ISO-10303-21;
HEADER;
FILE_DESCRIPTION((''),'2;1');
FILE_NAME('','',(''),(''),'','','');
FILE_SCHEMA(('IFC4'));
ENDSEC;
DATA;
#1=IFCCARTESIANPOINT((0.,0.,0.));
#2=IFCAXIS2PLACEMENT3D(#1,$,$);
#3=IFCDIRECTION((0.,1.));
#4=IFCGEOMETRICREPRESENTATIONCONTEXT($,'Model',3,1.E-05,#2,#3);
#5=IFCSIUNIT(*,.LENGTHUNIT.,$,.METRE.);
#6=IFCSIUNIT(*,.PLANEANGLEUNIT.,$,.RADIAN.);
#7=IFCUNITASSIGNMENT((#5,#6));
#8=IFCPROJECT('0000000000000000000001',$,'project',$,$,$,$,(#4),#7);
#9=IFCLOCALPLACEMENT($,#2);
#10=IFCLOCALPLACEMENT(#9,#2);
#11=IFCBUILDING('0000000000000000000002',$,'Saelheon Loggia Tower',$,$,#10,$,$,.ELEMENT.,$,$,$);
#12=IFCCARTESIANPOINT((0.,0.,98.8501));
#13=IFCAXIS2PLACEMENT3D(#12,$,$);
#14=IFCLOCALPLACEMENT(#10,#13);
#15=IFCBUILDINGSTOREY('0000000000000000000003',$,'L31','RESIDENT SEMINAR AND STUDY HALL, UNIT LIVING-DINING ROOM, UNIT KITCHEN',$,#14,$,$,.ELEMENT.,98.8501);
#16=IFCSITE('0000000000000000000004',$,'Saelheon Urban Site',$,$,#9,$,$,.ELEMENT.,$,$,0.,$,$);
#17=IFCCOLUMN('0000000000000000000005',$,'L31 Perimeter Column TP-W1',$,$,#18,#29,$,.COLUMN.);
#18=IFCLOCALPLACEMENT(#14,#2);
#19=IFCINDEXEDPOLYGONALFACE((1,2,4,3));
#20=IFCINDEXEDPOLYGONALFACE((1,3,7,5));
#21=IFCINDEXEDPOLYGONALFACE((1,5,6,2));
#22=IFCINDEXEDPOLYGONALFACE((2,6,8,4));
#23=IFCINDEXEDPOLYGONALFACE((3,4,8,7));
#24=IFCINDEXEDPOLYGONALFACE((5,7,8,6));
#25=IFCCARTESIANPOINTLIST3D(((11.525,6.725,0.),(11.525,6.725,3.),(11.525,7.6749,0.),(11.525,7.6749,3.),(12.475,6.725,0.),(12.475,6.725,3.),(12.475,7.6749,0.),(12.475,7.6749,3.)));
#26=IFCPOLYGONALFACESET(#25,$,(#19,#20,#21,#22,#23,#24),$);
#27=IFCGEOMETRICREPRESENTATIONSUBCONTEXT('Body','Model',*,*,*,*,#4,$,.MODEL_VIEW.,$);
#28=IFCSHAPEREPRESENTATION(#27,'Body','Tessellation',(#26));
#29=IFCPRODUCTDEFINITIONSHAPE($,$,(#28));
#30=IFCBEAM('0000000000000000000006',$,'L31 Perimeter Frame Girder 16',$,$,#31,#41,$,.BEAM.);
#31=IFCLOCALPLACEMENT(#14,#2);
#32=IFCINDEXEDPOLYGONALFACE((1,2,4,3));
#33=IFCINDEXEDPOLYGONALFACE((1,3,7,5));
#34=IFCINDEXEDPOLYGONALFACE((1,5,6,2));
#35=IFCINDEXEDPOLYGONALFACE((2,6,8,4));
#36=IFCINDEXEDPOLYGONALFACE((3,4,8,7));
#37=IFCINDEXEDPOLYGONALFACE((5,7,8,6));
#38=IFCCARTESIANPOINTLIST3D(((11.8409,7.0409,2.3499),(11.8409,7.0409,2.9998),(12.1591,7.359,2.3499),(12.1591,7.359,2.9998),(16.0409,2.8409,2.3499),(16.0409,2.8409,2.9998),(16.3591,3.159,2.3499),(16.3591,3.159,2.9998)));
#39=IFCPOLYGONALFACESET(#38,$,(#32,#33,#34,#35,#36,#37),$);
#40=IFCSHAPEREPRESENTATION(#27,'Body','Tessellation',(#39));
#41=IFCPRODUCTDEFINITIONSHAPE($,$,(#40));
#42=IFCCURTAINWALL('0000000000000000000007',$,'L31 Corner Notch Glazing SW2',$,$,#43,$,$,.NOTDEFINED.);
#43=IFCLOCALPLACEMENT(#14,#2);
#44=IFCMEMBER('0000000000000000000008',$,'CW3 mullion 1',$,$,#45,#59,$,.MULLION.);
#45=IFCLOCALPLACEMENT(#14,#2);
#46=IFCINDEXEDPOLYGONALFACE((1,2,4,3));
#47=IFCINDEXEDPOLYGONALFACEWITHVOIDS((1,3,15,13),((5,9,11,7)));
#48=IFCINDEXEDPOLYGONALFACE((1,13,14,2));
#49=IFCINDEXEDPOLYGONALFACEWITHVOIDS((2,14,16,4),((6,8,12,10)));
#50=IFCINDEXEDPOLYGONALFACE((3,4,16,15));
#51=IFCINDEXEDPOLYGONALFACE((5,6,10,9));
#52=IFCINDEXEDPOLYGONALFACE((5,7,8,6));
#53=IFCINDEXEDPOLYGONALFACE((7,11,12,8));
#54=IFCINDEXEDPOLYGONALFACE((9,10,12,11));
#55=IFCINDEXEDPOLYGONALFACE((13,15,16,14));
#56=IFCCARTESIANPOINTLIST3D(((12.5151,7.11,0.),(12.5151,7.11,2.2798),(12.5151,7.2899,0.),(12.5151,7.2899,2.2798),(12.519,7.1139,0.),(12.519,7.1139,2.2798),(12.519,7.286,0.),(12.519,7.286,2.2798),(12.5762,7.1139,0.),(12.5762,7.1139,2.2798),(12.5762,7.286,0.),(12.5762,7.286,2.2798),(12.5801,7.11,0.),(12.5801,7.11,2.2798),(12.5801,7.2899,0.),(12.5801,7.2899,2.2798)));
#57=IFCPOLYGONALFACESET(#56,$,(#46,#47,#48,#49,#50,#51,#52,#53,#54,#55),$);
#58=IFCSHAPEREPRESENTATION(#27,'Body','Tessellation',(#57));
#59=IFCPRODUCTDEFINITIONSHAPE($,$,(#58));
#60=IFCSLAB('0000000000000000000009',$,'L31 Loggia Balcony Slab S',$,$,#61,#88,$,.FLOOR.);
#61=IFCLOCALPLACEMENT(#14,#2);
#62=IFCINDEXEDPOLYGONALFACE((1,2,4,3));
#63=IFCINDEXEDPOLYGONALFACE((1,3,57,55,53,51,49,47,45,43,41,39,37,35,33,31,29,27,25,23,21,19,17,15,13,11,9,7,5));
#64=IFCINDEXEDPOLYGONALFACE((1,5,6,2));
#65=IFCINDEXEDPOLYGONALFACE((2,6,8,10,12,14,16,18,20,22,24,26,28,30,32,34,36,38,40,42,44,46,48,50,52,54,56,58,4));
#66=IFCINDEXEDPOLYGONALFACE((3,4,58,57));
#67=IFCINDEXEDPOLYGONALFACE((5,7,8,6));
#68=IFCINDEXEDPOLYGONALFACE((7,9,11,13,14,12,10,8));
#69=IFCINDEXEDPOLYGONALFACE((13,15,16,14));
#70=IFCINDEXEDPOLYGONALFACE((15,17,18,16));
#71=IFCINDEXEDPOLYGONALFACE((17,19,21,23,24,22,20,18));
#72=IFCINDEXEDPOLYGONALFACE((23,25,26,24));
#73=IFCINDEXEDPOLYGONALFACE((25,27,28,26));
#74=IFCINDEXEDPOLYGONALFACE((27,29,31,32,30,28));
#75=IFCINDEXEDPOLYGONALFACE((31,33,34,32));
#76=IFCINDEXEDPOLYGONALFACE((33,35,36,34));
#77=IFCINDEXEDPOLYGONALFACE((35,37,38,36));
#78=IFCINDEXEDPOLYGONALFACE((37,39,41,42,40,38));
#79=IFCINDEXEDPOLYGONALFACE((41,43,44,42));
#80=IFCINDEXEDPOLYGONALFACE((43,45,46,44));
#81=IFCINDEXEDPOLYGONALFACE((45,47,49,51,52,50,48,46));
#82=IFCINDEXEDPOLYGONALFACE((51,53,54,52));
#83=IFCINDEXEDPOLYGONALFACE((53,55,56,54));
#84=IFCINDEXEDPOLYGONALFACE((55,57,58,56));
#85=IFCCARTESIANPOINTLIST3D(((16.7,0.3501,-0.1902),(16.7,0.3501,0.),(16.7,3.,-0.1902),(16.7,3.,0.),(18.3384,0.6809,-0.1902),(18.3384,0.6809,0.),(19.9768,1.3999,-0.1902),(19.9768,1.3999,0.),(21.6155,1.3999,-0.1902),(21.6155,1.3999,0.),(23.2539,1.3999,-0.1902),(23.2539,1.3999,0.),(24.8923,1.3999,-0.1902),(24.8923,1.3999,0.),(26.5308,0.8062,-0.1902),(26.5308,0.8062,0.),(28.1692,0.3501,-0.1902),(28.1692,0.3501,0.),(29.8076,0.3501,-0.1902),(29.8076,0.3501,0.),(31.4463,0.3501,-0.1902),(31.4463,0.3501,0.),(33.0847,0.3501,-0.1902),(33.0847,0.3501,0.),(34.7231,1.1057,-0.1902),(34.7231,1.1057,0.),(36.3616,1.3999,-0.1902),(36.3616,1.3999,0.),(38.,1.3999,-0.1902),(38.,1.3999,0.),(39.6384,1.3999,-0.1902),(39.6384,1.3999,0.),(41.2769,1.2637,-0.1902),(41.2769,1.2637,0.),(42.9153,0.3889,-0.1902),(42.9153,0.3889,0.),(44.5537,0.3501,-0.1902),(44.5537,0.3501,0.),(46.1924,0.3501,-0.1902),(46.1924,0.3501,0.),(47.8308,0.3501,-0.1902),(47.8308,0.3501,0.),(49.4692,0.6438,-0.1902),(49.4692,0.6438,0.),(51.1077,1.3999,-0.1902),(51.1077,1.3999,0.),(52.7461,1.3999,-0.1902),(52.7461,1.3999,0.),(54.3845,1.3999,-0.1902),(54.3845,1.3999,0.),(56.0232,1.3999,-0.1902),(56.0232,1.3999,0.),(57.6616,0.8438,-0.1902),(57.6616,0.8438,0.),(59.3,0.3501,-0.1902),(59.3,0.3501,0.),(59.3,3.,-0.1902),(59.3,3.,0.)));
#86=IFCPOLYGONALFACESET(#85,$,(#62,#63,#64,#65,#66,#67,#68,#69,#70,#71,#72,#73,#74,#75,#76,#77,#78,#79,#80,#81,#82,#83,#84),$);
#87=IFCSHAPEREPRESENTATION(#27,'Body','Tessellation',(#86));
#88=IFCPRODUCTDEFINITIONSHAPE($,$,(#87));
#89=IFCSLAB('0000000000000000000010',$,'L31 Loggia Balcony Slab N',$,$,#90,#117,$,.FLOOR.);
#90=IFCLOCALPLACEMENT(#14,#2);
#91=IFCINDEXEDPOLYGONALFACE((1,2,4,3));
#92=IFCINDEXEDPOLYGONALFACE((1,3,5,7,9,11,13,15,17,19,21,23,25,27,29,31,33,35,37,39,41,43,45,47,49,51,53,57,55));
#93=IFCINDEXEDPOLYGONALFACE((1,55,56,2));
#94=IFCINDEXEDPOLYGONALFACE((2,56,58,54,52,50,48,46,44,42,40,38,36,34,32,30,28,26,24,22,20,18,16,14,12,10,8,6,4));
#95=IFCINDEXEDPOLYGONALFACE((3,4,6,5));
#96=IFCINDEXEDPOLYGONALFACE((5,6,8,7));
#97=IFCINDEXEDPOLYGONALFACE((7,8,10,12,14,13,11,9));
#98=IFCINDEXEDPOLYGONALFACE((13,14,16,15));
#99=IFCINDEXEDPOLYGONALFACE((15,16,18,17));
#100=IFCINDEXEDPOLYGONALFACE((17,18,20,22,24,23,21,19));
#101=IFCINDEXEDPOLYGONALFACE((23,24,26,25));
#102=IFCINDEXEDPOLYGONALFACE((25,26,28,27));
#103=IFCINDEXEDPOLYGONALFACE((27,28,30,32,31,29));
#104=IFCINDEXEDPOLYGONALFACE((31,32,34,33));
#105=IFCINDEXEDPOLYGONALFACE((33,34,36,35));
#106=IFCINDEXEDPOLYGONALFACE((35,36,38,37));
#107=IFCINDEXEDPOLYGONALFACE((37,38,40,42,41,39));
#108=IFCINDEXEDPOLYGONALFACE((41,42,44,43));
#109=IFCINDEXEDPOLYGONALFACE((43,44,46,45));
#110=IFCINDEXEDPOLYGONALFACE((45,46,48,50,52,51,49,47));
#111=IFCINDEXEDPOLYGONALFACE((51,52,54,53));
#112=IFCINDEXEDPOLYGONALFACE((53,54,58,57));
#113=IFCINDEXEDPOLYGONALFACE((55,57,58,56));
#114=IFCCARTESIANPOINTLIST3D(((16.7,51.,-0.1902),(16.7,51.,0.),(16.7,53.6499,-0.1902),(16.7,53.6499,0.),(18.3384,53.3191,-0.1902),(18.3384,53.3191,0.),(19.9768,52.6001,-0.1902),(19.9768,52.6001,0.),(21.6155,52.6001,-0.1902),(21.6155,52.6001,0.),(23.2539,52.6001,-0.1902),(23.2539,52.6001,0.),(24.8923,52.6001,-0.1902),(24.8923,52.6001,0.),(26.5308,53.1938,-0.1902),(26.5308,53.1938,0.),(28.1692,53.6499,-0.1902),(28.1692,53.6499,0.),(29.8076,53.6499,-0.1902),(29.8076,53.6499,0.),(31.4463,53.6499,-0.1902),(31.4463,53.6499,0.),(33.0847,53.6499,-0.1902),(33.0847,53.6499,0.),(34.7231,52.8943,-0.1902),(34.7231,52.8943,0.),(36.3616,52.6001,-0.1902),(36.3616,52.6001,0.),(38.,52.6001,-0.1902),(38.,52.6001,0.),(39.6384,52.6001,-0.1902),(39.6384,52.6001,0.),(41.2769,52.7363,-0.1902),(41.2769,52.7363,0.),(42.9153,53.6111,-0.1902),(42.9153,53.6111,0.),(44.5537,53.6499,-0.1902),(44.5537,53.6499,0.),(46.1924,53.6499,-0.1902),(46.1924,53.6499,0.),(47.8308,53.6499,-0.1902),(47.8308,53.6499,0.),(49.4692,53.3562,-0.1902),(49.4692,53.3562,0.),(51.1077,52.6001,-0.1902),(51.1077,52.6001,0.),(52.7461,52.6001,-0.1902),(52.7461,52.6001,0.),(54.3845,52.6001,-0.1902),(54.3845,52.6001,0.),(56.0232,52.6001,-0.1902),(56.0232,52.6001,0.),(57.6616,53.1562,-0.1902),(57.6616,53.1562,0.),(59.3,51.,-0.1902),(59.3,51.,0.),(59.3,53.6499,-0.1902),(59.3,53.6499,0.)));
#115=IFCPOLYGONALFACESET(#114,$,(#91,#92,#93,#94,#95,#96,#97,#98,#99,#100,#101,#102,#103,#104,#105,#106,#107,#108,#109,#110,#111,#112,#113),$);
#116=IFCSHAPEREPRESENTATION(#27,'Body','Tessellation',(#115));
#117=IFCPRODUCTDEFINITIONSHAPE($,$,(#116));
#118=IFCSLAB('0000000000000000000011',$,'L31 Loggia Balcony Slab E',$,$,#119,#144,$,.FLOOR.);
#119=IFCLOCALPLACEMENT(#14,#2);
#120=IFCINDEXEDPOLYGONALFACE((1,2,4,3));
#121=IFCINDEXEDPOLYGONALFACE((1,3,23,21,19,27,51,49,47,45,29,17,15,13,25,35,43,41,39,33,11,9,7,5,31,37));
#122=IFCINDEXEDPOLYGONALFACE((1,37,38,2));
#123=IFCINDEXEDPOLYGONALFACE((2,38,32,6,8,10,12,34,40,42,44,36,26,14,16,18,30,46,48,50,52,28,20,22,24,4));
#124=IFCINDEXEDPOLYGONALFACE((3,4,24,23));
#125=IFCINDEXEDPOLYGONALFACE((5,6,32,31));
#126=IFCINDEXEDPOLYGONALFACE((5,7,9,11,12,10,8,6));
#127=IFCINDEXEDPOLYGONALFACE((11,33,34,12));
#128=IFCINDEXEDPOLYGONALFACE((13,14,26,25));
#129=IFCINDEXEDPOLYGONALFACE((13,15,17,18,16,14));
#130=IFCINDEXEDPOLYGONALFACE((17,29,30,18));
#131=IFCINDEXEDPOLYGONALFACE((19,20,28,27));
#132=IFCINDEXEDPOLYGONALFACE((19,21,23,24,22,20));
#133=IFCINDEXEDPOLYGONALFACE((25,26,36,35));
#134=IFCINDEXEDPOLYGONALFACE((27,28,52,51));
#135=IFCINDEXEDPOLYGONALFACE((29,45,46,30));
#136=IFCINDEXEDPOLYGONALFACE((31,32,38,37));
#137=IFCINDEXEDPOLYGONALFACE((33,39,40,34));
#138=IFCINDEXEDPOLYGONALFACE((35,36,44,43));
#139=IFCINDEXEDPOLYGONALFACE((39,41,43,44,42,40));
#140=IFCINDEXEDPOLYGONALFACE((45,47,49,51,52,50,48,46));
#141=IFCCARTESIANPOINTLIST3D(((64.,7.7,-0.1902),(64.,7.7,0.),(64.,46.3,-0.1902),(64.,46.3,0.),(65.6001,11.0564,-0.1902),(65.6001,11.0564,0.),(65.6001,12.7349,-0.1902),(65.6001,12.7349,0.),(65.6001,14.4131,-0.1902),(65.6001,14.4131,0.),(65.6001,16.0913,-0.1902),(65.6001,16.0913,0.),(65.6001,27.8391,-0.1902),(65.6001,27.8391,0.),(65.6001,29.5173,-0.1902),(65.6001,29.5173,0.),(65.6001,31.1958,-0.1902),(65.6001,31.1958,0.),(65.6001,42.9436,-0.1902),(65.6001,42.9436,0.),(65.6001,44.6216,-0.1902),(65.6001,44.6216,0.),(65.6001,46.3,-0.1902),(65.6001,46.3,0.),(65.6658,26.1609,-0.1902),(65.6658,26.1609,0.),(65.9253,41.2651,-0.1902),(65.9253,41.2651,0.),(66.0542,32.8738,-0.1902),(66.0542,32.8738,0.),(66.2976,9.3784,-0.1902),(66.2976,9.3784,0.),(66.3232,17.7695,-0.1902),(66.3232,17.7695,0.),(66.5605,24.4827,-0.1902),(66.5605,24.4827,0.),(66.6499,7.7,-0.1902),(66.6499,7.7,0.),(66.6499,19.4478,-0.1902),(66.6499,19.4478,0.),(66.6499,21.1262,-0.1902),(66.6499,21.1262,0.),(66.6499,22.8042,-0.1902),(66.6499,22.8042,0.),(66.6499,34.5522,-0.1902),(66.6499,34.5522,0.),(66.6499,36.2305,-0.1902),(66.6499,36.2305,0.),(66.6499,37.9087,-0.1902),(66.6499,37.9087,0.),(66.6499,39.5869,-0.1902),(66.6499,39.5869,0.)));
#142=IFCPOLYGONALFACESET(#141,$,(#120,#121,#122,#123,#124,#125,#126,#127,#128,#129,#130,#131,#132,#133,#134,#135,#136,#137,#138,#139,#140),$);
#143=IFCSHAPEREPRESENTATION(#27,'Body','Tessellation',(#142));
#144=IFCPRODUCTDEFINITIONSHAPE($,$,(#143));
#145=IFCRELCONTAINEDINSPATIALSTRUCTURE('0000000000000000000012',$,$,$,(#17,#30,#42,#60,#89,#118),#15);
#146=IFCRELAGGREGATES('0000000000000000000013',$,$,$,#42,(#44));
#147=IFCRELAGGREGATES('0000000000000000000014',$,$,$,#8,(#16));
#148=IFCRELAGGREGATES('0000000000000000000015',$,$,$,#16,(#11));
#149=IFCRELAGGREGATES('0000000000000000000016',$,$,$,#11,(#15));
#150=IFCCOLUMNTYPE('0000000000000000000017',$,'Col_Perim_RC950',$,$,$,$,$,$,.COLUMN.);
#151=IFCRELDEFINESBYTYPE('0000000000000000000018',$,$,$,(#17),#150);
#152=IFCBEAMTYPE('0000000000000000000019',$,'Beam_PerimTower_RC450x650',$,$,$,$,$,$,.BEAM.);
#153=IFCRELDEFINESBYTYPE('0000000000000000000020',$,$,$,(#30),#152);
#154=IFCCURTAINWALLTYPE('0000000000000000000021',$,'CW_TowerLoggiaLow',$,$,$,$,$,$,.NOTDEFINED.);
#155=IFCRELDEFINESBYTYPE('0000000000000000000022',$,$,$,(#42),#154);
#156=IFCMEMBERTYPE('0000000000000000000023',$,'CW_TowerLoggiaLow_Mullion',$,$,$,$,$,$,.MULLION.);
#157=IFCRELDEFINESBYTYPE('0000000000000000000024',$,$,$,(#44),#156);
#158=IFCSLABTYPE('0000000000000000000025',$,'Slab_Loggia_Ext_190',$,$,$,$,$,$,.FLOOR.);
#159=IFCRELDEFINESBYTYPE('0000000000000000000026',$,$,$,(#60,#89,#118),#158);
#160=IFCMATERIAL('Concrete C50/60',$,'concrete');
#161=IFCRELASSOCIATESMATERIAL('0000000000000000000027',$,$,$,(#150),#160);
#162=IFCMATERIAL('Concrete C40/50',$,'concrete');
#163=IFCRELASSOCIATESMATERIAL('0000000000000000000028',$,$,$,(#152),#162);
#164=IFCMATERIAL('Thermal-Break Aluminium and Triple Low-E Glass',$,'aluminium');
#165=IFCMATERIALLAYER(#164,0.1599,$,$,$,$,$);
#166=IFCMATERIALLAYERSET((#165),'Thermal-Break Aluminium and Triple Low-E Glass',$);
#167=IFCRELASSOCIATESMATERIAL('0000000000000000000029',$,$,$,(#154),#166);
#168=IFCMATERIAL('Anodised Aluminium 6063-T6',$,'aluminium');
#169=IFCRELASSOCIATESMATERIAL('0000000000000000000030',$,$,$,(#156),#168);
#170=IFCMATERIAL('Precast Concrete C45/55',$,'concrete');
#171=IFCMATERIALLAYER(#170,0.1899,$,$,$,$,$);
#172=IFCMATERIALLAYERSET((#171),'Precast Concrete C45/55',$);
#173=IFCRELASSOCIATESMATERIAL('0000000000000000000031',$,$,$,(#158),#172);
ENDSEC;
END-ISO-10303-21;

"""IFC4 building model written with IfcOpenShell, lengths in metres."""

from ifc_helpers import new_model, si_unit, direction, frame, origin, origin_2d, place, context, subcontext, project, spatial, polyline, rectangle, hollow_rectangle, outline, extrude, source, transform, mapped, material, layer, layer_set, material_profile, profile_set, type_object, element, aggregate, save


model = new_model("IFC4")

# Units and contexts
model_context = context("Model", 3, precision=1e-05, world=origin(), true_north=direction((0.0, 1.0)))
body_context = subcontext(model_context, "Body", "Model", "MODEL_VIEW")
ifc_project = project(units=[si_unit("LENGTHUNIT", "METRE"), si_unit("PLANEANGLEUNIT", "RADIAN")], contexts=[model_context])

# Site, building, storey
site_placement = place(None, origin())
site = spatial("IfcSite", under=ifc_project, at=site_placement, Name="Saelheon Urban Site", CompositionType="ELEMENT", RefElevation=0.0)
building_placement = place(site_placement, origin())
building = spatial("IfcBuilding", under=site, at=building_placement, Name="Saelheon Loggia Tower", CompositionType="ELEMENT")
storey_placement = place(building_placement, frame((0.0, 0.0, 98.8501)))
storey = spatial("IfcBuildingStorey", under=building, at=storey_placement, Name="L31", Description="RESIDENT SEMINAR AND STUDY HALL, UNIT LIVING-DINING ROOM, UNIT KITCHEN", CompositionType="ELEMENT", Elevation=98.8501)

# Column
ifc_material_1 = material(Name="Concrete C50/60", Category="concrete")
ifc_material_profile_1 = material_profile(ifc_material_1, rectangle(XDim=0.95, YDim=0.95, at=origin_2d()), Name="RC-950x950")
ifc_profile_set_1 = profile_set([ifc_material_profile_1], Name="Concrete C50/60")
column_type = type_object("IfcColumnType", Name="Col_Perim_RC950", PredefinedType="COLUMN", material=ifc_profile_set_1)
shared_shape_1 = source(origin(), body_context, "Body", "SweptSolid", [
    extrude(rectangle(XDim=0.95, YDim=0.95, at=origin_2d()), origin(), (0.0, 0.0, 1.0), 3.0),
])
column_placement = place(storey_placement, frame((12.0, 7.2, 0.0), z_axis=(0.0, 0.0, 1.0), x_axis=(1.0, 0.0, 0.0)))
element("IfcColumn", 1, at=column_placement, inside=storey, type_object=column_type, Name="L31 Perimeter Column TP-W1", PredefinedType="COLUMN", context=body_context, shape_type="MappedRepresentation", body=[
    mapped(shared_shape_1, transform((0.0, 0.0, 0.0), scale=1.0)),
])

# Beam
ifc_material_2 = material(Name="Concrete C40/50", Category="concrete")
ifc_material_profile_2 = material_profile(ifc_material_2, rectangle(XDim=0.45, YDim=0.6499, at=origin_2d()), Name="RC-450x650")
ifc_profile_set_2 = profile_set([ifc_material_profile_2], Name="Concrete C40/50")
beam_type = type_object("IfcBeamType", Name="Beam_PerimTower_RC450x650", PredefinedType="BEAM", material=ifc_profile_set_2)
shared_shape_2 = source(origin(), body_context, "Body", "SweptSolid", [
    extrude(rectangle(XDim=0.45, YDim=0.6499, at=origin_2d()), origin(), (0.0, 0.0, 1.0), 5.9397),
])
beam_placement = place(storey_placement, frame((12.0, 7.2, 2.6748), z_axis=(0.707107, -0.707107, 0.0), x_axis=(0.707107, 0.707107, 0.0)))
element("IfcBeam", 2, at=beam_placement, inside=storey, type_object=beam_type, Name="L31 Perimeter Frame Girder 16", PredefinedType="BEAM", context=body_context, shape_type="MappedRepresentation", body=[
    mapped(shared_shape_2, transform((0.0, 0.0, 0.0), scale=1.0)),
])

# Curtain wall, member
ifc_material_3 = material(Name="Thermal-Break Aluminium and Triple Low-E Glass", Category="aluminium")
ifc_layer_1 = layer(ifc_material_3, 0.1599)
ifc_layer_set_1 = layer_set([ifc_layer_1], Name="Thermal-Break Aluminium and Triple Low-E Glass")
curtain_wall_type = type_object("IfcCurtainWallType", Name="CW_TowerLoggiaLow", PredefinedType="NOTDEFINED", material=ifc_layer_set_1)
curtain_wall_placement = place(storey_placement, origin())
curtain_wall = element("IfcCurtainWall", 3, at=curtain_wall_placement, inside=storey, type_object=curtain_wall_type, Name="L31 Corner Notch Glazing SW2", PredefinedType="NOTDEFINED")
ifc_material_4 = material(Name="Anodised Aluminium 6063-T6", Category="aluminium")
ifc_material_profile_3 = material_profile(ifc_material_4, hollow_rectangle(XDim=0.0649, YDim=0.1799, WallThickness=0.0039, at=origin_2d()), Name="RHS-180x65x4")
ifc_profile_set_3 = profile_set([ifc_material_profile_3], Name="Anodised Aluminium 6063-T6")
member_type = type_object("IfcMemberType", Name="CW_TowerLoggiaLow_Mullion", PredefinedType="MULLION", material=ifc_profile_set_3)
shared_shape_3 = source(origin(), body_context, "Body", "SweptSolid", [
    extrude(hollow_rectangle(XDim=0.0649, YDim=0.1799, WallThickness=0.0039, at=origin_2d()), origin(), (0.0, 0.0, 1.0), 2.2798),
])
member_placement = place(storey_placement, frame((12.5476, 7.2, 0.0), z_axis=(0.0, 0.0, 1.0), x_axis=(1.0, 0.0, 0.0)))
member = element("IfcMember", 4, at=member_placement, type_object=member_type, Name="CW3 mullion 1", PredefinedType="MULLION", context=body_context, shape_type="MappedRepresentation", body=[
    mapped(shared_shape_3, transform((0.0, 0.0, 0.0), scale=1.0)),
])
aggregate(curtain_wall, [member])

# Slabs
ifc_material_5 = material(Name="Precast Concrete C45/55", Category="concrete")
ifc_layer_2 = layer(ifc_material_5, 0.1899)
ifc_layer_set_2 = layer_set([ifc_layer_2], Name="Precast Concrete C45/55")
slab_type_1 = type_object("IfcSlabType", Name="Slab_Loggia_Ext_190", PredefinedType="FLOOR", material=ifc_layer_set_2)
slab_1_placement = place(storey_placement, frame((0.0, 0.0, -0.1902)))
element("IfcSlab", 5, at=slab_1_placement, inside=storey, type_object=slab_type_1, Name="L31 Loggia Balcony Slab S", PredefinedType="FLOOR", context=body_context, shape_type="SweptSolid", body=[
    extrude(outline(polyline([(16.7, 0.3501), (18.3384, 0.6809), (19.9768, 1.3999), (21.6155, 1.3999), (23.2539, 1.3999), (24.8923, 1.3999), (26.5308, 0.8062), (28.1692, 0.3501), (29.8076, 0.3501), (31.4463, 0.3501), (33.0847, 0.3501), (34.7231, 1.1057), (36.3616, 1.3999), (38.0, 1.3999), (39.6384, 1.3999), (41.2769, 1.2637), (42.9153, 0.3889), (44.5537, 0.3501), (46.1924, 0.3501), (47.8308, 0.3501), (49.4692, 0.6438), (51.1077, 1.3999), (52.7461, 1.3999), (54.3845, 1.3999), (56.0232, 1.3999), (57.6616, 0.8438), (59.3, 0.3501), (59.3, 3.0), (16.7, 3.0), (16.7, 0.3501)])), origin(), (0.0, 0.0, 1.0), 0.1902),
])
slab_2_placement = place(storey_placement, frame((0.0, 0.0, -0.1902)))
element("IfcSlab", 6, at=slab_2_placement, inside=storey, type_object=slab_type_1, Name="L31 Loggia Balcony Slab N", PredefinedType="FLOOR", context=body_context, shape_type="SweptSolid", body=[
    extrude(outline(polyline([(16.7, 51.0), (59.3, 51.0), (59.3, 53.6499), (57.6616, 53.1562), (56.0232, 52.6001), (54.3845, 52.6001), (52.7461, 52.6001), (51.1077, 52.6001), (49.4692, 53.3562), (47.8308, 53.6499), (46.1924, 53.6499), (44.5537, 53.6499), (42.9153, 53.6111), (41.2769, 52.7363), (39.6384, 52.6001), (38.0, 52.6001), (36.3616, 52.6001), (34.7231, 52.8943), (33.0847, 53.6499), (31.4463, 53.6499), (29.8076, 53.6499), (28.1692, 53.6499), (26.5308, 53.1938), (24.8923, 52.6001), (23.2539, 52.6001), (21.6155, 52.6001), (19.9768, 52.6001), (18.3384, 53.3191), (16.7, 53.6499), (16.7, 51.0)])), origin(), (0.0, 0.0, 1.0), 0.1902),
])
slab_3_placement = place(storey_placement, frame((0.0, 0.0, -0.1902)))
element("IfcSlab", 7, at=slab_3_placement, inside=storey, type_object=slab_type_1, Name="L31 Loggia Balcony Slab E", PredefinedType="FLOOR", context=body_context, shape_type="SweptSolid", body=[
    extrude(outline(polyline([(64.0, 7.7), (66.6499, 7.7), (66.2976, 9.3784), (65.6001, 11.0564), (65.6001, 12.7349), (65.6001, 14.4131), (65.6001, 16.0913), (66.3232, 17.7695), (66.6499, 19.4478), (66.6499, 21.1262), (66.6499, 22.8042), (66.5605, 24.4827), (65.6658, 26.1609), (65.6001, 27.8391), (65.6001, 29.5173), (65.6001, 31.1958), (66.0542, 32.8738), (66.6499, 34.5522), (66.6499, 36.2305), (66.6499, 37.9087), (66.6499, 39.5869), (65.9253, 41.2651), (65.6001, 42.9436), (65.6001, 44.6216), (65.6001, 46.3), (64.0, 46.3), (64.0, 7.7)])), origin(), (0.0, 0.0, 1.0), 0.1902),
])

save(model, "model.ifc")
